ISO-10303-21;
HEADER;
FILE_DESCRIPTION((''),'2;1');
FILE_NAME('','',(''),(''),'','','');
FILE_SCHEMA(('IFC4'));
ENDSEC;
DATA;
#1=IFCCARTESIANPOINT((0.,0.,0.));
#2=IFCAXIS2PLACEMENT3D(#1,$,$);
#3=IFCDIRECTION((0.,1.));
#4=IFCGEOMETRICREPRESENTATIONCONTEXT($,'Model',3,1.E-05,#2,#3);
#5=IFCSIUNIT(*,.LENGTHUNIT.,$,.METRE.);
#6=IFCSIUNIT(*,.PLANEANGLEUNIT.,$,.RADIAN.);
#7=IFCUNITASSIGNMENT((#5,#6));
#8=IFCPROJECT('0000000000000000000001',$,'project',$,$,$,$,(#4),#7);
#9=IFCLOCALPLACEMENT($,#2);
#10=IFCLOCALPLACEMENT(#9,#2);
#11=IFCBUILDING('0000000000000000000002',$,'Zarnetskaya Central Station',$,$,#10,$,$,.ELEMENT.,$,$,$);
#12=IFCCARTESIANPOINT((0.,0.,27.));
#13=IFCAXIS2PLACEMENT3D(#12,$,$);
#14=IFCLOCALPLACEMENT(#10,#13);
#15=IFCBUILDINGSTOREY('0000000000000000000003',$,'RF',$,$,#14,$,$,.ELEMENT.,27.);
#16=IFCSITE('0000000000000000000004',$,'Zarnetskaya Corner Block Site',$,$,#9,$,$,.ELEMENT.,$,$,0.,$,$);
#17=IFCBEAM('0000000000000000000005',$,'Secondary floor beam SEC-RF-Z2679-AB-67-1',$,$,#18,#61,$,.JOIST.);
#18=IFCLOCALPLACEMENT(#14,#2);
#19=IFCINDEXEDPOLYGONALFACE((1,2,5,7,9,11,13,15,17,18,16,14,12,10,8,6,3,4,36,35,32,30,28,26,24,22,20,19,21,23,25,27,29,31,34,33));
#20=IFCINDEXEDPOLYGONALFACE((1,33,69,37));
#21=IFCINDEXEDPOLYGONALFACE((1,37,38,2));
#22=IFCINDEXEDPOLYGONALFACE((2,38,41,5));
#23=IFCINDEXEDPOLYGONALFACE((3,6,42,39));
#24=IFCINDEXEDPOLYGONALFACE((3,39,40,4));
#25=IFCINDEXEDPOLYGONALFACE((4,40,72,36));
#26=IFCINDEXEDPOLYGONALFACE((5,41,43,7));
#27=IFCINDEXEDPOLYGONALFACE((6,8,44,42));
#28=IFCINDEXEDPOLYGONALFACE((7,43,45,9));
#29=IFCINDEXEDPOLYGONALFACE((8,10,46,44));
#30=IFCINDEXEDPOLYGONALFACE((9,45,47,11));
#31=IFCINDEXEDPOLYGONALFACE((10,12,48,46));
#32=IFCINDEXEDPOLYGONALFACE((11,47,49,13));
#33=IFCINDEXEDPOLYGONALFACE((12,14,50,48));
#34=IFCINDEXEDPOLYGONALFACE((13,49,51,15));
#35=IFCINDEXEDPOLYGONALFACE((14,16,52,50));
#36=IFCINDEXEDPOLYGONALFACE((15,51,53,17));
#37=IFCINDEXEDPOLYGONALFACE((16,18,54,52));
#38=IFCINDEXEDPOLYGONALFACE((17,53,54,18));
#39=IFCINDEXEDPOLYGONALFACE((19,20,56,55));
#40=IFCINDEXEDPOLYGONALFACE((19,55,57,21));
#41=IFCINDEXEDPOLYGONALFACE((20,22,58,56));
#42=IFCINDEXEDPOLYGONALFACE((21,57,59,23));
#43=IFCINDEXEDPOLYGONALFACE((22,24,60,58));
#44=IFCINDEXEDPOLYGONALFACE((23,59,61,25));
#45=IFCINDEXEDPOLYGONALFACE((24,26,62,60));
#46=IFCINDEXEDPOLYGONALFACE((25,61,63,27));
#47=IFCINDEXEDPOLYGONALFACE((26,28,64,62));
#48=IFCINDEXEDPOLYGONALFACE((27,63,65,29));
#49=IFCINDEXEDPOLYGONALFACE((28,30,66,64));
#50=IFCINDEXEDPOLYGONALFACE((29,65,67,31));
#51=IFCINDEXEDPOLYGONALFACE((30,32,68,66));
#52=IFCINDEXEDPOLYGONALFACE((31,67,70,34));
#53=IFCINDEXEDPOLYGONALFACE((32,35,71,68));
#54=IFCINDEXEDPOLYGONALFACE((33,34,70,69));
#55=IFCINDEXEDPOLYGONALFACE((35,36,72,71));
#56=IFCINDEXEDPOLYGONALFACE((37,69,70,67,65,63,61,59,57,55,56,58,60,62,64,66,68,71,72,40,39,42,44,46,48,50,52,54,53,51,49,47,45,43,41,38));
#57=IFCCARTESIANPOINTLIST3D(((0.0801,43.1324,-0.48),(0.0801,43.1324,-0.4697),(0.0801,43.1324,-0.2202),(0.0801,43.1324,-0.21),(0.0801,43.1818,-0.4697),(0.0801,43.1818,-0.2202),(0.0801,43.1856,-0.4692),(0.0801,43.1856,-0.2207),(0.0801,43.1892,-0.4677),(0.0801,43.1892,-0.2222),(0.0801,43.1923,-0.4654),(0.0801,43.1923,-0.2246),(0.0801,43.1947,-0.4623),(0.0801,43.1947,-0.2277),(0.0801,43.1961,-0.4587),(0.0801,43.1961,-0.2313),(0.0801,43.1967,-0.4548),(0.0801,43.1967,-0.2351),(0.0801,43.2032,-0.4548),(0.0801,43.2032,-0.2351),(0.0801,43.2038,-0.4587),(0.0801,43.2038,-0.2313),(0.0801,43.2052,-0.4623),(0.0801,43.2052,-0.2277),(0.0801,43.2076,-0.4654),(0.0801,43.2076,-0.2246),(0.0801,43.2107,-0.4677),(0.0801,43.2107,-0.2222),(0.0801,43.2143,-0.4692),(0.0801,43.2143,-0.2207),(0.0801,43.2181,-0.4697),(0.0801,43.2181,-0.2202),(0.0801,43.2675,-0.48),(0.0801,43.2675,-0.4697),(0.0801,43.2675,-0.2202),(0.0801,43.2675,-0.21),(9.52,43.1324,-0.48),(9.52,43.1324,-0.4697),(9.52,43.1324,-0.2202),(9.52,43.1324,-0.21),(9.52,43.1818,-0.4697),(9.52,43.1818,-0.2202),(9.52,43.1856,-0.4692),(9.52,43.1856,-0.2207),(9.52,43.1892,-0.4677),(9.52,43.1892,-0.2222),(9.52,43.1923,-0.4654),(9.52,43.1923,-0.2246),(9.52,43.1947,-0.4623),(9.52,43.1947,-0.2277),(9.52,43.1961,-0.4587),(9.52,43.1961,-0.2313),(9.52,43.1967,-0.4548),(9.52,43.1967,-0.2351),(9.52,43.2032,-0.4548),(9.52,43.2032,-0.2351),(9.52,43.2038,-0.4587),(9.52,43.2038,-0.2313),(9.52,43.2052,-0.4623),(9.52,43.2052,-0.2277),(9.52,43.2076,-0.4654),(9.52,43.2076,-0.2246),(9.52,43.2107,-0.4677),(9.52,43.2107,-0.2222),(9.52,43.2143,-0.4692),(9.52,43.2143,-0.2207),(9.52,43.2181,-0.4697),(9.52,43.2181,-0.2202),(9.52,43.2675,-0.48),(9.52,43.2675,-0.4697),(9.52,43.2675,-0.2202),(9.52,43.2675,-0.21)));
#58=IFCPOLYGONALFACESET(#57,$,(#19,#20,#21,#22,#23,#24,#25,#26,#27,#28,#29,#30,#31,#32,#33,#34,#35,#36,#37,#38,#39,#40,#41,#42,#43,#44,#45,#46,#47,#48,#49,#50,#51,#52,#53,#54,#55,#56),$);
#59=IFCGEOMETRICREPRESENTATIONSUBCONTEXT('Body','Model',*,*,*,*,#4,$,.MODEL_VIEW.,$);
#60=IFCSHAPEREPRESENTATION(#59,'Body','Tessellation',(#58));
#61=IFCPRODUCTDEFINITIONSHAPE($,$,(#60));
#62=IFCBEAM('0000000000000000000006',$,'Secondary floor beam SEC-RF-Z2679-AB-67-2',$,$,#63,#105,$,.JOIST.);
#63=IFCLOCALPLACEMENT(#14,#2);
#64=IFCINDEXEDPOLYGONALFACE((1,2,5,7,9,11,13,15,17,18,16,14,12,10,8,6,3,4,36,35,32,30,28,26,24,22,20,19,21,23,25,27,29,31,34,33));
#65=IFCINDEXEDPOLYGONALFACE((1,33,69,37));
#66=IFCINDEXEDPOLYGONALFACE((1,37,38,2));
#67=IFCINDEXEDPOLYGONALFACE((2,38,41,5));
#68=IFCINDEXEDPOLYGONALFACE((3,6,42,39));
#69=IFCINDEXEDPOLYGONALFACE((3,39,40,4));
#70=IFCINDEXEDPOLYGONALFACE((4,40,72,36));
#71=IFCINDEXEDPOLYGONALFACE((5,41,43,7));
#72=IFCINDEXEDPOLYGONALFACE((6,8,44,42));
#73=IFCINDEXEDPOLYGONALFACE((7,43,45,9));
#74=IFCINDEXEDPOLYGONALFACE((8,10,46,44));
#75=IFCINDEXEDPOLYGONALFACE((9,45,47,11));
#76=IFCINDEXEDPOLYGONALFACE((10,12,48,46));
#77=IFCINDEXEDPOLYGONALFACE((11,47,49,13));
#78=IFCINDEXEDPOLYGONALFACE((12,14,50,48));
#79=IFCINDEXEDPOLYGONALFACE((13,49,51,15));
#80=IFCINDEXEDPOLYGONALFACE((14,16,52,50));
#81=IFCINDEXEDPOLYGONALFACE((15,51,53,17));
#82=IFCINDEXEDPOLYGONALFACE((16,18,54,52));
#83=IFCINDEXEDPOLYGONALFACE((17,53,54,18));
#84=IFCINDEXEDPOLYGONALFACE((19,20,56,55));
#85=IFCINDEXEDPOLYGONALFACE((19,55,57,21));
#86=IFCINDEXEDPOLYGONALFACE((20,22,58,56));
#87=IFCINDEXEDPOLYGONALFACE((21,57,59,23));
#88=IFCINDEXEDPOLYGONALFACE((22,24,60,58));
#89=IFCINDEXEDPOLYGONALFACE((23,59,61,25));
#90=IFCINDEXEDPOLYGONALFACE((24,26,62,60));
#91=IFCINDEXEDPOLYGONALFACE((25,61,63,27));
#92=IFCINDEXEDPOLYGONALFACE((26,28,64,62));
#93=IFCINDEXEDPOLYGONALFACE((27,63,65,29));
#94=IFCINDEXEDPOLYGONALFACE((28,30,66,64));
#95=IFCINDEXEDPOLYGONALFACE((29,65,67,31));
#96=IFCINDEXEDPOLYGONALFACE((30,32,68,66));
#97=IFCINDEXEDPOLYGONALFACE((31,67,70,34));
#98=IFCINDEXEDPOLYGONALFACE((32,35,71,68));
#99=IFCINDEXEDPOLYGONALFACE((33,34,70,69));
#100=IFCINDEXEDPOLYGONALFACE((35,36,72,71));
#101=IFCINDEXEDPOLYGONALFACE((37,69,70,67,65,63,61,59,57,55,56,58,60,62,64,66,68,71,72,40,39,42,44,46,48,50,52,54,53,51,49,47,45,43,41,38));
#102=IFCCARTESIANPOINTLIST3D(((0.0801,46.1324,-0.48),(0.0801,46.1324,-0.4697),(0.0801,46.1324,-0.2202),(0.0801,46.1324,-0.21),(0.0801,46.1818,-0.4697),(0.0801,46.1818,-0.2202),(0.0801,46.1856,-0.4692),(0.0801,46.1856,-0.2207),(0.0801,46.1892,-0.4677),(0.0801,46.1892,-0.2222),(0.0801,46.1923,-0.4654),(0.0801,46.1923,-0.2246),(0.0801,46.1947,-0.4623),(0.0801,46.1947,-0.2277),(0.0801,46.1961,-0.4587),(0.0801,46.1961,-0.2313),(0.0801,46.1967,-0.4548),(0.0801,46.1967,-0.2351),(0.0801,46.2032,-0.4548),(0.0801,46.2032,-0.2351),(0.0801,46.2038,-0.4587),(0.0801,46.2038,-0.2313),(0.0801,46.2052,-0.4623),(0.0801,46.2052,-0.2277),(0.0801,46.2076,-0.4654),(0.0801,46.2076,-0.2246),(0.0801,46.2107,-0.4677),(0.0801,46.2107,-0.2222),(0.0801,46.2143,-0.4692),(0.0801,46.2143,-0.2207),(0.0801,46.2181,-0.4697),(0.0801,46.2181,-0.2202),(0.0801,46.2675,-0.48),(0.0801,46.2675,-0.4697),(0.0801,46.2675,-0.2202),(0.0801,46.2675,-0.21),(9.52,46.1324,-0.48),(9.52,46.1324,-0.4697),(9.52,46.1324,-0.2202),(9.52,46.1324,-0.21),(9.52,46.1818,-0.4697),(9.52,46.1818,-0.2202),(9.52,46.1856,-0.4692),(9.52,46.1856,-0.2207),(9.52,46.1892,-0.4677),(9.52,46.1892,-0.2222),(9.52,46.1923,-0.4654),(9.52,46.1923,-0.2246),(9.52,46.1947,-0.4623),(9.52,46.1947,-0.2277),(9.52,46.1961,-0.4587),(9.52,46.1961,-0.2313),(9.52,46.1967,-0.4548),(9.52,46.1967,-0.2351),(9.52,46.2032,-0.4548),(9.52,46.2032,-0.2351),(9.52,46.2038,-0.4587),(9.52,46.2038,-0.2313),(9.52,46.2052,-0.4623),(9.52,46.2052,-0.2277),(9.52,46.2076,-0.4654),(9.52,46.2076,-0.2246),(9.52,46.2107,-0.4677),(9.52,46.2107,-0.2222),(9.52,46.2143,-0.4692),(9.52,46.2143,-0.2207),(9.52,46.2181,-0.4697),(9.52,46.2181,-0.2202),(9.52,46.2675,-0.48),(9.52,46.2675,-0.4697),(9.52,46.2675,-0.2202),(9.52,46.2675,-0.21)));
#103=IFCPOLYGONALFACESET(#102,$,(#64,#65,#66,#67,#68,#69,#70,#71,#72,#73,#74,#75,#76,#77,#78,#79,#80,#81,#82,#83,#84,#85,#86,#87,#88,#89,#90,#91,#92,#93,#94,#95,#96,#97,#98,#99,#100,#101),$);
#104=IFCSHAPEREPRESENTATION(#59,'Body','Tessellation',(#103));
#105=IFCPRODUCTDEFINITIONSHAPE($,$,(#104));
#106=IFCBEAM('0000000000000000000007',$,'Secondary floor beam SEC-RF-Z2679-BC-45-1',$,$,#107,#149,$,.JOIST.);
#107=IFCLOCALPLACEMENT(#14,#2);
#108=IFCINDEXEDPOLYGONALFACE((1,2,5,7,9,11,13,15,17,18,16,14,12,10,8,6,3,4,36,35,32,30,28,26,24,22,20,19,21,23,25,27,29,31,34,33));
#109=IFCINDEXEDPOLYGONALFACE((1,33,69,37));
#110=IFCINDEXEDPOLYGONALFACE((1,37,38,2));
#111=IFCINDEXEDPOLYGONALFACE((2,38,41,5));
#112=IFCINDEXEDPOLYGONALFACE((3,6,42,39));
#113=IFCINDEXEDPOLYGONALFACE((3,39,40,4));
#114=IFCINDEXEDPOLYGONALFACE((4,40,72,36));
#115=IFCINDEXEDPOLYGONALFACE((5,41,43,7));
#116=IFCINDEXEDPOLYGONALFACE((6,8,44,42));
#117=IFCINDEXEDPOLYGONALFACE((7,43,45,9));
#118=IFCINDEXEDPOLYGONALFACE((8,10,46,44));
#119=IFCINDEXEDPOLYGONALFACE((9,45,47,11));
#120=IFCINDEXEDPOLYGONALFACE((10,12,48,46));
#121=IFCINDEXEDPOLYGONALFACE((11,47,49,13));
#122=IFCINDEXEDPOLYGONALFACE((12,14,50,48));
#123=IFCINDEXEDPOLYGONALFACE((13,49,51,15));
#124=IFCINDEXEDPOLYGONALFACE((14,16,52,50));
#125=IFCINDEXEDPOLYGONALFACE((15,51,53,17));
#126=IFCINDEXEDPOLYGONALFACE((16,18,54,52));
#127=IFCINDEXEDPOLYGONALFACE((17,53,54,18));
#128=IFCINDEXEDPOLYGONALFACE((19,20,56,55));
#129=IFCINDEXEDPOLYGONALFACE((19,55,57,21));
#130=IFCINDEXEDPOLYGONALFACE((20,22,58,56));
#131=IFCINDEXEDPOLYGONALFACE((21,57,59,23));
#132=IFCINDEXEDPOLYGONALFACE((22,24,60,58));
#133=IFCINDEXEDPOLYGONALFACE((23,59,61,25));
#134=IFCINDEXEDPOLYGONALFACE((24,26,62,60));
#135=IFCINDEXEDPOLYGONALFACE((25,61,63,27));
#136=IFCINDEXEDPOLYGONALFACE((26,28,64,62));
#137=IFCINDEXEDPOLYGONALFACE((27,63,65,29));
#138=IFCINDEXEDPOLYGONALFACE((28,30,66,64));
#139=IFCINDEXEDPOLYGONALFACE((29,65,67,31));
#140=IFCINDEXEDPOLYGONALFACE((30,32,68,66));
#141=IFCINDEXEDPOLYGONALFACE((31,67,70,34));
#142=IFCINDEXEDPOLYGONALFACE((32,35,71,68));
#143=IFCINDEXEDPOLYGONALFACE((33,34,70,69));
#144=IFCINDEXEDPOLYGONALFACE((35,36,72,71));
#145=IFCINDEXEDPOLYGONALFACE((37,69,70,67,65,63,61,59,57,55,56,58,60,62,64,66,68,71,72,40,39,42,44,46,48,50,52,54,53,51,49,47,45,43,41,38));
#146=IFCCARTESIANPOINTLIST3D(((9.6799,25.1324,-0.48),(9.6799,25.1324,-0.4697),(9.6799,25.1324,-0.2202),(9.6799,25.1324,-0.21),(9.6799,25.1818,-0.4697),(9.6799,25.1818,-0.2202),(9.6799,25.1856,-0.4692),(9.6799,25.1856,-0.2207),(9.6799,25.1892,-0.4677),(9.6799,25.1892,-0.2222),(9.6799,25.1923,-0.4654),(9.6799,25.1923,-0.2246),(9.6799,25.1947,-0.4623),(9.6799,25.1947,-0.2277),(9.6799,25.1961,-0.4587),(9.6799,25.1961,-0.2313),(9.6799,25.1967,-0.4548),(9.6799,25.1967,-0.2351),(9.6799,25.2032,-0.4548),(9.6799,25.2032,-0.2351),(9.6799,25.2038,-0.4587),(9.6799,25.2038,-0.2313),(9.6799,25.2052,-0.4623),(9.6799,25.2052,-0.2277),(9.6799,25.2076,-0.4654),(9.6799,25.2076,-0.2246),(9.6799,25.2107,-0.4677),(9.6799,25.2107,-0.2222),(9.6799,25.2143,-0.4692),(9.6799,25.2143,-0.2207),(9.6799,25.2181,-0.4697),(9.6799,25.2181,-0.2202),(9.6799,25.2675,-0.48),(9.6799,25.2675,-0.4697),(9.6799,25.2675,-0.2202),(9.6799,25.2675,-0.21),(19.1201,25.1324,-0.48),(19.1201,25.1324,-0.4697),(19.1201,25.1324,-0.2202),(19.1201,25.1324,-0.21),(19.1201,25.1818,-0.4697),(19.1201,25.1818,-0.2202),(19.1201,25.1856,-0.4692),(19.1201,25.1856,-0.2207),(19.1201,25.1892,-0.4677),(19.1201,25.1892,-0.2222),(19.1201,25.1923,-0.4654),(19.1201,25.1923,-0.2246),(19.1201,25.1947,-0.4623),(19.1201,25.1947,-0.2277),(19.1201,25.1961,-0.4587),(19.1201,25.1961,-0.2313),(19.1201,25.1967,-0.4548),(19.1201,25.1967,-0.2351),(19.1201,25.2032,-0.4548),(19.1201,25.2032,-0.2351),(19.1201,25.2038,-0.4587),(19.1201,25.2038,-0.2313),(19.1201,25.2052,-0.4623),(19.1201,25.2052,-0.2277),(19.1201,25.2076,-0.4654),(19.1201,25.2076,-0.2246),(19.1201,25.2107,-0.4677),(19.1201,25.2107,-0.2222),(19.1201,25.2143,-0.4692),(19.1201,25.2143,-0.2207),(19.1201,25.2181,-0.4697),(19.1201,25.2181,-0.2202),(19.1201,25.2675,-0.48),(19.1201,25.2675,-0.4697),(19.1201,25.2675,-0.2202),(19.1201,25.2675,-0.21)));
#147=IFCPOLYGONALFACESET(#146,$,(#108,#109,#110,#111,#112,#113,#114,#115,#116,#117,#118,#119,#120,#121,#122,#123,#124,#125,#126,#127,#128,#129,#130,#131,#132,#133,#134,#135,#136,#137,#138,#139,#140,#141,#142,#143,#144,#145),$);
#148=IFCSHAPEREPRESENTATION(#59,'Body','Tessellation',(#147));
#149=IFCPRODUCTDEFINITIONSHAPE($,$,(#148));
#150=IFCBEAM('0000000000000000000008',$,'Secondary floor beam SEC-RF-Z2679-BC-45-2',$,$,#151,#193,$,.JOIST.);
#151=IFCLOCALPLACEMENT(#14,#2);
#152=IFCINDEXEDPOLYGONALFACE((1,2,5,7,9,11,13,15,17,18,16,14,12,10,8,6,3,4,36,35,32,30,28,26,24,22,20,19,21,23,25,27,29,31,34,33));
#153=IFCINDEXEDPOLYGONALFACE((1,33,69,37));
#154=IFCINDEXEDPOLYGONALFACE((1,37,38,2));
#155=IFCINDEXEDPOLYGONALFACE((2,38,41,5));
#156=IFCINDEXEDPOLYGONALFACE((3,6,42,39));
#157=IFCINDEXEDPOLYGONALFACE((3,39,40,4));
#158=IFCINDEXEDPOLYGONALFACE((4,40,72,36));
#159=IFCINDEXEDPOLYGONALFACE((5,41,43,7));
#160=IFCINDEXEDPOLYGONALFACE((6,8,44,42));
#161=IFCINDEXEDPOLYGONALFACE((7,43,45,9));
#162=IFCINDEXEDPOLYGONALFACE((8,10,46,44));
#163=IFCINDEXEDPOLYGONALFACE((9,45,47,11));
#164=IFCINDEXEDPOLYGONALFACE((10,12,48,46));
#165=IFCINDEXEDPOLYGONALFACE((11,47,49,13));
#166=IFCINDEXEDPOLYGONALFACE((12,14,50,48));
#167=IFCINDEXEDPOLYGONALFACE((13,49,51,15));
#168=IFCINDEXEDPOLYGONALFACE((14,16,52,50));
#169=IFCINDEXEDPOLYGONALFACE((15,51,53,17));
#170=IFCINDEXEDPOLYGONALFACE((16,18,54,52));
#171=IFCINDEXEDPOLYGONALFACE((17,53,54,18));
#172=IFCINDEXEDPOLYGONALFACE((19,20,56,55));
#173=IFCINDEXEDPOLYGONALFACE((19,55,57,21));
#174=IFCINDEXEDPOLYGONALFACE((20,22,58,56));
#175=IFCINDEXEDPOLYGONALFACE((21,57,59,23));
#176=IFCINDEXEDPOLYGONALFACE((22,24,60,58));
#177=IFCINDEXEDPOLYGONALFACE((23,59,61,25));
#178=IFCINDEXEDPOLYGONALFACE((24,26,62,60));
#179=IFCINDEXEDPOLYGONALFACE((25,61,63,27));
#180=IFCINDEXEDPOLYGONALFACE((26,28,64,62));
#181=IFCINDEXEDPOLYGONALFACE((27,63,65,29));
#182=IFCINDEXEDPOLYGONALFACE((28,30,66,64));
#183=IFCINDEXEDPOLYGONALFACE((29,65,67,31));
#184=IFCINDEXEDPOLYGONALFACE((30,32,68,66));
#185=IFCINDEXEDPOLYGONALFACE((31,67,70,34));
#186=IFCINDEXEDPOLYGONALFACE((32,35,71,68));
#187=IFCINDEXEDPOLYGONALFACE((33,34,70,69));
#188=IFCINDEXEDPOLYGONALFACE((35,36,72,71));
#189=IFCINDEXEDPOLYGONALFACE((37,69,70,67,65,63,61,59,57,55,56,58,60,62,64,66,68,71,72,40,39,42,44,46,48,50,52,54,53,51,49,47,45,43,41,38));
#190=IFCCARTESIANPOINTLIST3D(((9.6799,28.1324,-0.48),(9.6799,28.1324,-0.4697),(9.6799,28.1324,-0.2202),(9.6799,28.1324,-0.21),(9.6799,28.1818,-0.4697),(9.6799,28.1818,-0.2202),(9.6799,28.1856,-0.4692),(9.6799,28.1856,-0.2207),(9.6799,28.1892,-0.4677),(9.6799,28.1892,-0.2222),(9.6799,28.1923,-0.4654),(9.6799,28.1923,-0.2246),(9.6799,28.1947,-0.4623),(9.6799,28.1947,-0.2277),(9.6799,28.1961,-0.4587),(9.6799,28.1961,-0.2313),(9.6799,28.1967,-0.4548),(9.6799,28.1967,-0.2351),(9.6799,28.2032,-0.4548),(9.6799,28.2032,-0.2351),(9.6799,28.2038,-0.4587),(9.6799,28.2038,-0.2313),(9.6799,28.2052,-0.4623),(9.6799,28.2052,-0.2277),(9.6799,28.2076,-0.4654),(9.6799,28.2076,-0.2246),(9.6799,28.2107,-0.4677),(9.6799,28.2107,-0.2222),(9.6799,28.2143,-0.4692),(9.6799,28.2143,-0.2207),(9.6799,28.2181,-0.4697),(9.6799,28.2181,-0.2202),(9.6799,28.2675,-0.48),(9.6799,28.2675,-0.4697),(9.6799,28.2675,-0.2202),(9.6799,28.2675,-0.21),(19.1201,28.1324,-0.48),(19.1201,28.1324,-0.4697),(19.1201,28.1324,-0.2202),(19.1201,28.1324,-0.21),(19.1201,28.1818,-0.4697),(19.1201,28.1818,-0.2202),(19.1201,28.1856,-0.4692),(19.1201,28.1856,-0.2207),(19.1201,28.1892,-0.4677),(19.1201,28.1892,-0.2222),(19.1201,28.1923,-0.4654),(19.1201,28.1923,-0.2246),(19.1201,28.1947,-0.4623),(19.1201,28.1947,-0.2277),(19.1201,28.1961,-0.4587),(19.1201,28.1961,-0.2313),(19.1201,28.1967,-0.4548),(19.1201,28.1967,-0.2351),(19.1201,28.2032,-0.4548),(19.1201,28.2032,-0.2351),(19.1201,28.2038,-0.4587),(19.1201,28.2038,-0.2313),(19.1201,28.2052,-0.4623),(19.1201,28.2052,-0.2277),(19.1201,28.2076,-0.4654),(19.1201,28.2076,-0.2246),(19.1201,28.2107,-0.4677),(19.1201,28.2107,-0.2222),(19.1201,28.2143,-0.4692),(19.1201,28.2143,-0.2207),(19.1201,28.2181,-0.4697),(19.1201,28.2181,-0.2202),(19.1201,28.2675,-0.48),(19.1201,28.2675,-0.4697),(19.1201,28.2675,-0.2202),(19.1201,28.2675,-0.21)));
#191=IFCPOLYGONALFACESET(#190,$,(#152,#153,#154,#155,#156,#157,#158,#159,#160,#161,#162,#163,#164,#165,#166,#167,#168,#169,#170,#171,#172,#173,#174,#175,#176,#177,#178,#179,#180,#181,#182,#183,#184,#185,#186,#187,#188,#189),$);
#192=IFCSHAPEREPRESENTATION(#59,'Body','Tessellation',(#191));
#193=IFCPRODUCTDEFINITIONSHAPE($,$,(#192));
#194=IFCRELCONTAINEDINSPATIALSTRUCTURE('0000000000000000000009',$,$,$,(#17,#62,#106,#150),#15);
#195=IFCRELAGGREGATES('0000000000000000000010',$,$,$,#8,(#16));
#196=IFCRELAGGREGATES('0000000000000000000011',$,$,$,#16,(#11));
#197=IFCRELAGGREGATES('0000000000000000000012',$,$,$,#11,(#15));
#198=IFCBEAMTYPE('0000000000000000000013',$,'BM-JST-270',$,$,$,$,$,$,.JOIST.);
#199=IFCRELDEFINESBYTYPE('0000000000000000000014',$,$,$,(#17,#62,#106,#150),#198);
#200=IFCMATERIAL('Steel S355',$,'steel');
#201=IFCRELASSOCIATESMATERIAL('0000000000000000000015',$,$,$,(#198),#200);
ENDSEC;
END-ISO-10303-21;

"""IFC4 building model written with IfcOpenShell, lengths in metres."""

from ifc_helpers import new_model, si_unit, direction, frame, origin, origin_2d, place, context, subcontext, project, spatial, i_section, extrude, material, material_profile, profile_set, type_object, element, save


model = new_model("IFC4")

# Units and contexts
model_context = context("Model", 3, precision=1e-05, world=origin(), true_north=direction((0.0, 1.0)))
body_context = subcontext(model_context, "Body", "Model", "MODEL_VIEW")
ifc_project = project(units=[si_unit("LENGTHUNIT", "METRE"), si_unit("PLANEANGLEUNIT", "RADIAN")], contexts=[model_context])

# Site, building, storey
site_placement = place(None, origin())
site = spatial("IfcSite", under=ifc_project, at=site_placement, Name="Zarnetskaya Corner Block Site", CompositionType="ELEMENT", RefElevation=0.0)
building_placement = place(site_placement, origin())
building = spatial("IfcBuilding", under=site, at=building_placement, Name="Zarnetskaya Central Station", CompositionType="ELEMENT")
storey_placement = place(building_placement, frame((0.0, 0.0, 27.0)))
storey = spatial("IfcBuildingStorey", under=building, at=storey_placement, Name="RF", CompositionType="ELEMENT", Elevation=27.0)

# Beams
ifc_material_1 = material(Name="Steel S355", Category="steel")
ifc_material_profile_1 = material_profile(ifc_material_1, i_section(OverallWidth=0.135, OverallDepth=0.27, WebThickness=0.0066, FlangeThickness=0.0103, FilletRadius=0.0149, at=origin_2d()), Name="IPE 270")
ifc_profile_set_1 = profile_set([ifc_material_profile_1], Name="Steel S355")
beam_type_1 = type_object("IfcBeamType", Name="BM-JST-270", PredefinedType="JOIST", material=ifc_profile_set_1)
for number, where, z_axis, x_axis, name in (
    (1, (0.0801, 43.2, -0.345), (1.0, 0.0, 0.0), (0.0, 1.0, 0.0), "Secondary floor beam SEC-RF-Z2679-AB-67-1"),
    (2, (0.0801, 46.2, -0.345), (1.0, 0.0, 0.0), (0.0, 1.0, 0.0), "Secondary floor beam SEC-RF-Z2679-AB-67-2"),
):
    element("IfcBeam", number, at=place(storey_placement, frame(where, z_axis=z_axis, x_axis=x_axis)), inside=storey, type_object=beam_type_1, Name=name, PredefinedType="JOIST", context=body_context, shape_type="SweptSolid", body=[
        extrude(i_section(OverallWidth=0.135, OverallDepth=0.27, WebThickness=0.0066, FlangeThickness=0.0103, FilletRadius=0.0149, at=origin_2d()), origin(), (0.0, 0.0, 1.0), 9.4399),
    ])
for number, where, z_axis, x_axis, name in (
    (3, (9.6799, 25.2, -0.345), (1.0, 0.0, 0.0), (0.0, 1.0, 0.0), "Secondary floor beam SEC-RF-Z2679-BC-45-1"),
    (4, (9.6799, 28.2, -0.345), (1.0, 0.0, 0.0), (0.0, 1.0, 0.0), "Secondary floor beam SEC-RF-Z2679-BC-45-2"),
):
    element("IfcBeam", number, at=place(storey_placement, frame(where, z_axis=z_axis, x_axis=x_axis)), inside=storey, type_object=beam_type_1, Name=name, PredefinedType="JOIST", context=body_context, shape_type="SweptSolid", body=[
        extrude(i_section(OverallWidth=0.135, OverallDepth=0.27, WebThickness=0.0066, FlangeThickness=0.0103, FilletRadius=0.0149, at=origin_2d()), origin(), (0.0, 0.0, 1.0), 9.4402),
    ])

save(model, "model.ifc")
